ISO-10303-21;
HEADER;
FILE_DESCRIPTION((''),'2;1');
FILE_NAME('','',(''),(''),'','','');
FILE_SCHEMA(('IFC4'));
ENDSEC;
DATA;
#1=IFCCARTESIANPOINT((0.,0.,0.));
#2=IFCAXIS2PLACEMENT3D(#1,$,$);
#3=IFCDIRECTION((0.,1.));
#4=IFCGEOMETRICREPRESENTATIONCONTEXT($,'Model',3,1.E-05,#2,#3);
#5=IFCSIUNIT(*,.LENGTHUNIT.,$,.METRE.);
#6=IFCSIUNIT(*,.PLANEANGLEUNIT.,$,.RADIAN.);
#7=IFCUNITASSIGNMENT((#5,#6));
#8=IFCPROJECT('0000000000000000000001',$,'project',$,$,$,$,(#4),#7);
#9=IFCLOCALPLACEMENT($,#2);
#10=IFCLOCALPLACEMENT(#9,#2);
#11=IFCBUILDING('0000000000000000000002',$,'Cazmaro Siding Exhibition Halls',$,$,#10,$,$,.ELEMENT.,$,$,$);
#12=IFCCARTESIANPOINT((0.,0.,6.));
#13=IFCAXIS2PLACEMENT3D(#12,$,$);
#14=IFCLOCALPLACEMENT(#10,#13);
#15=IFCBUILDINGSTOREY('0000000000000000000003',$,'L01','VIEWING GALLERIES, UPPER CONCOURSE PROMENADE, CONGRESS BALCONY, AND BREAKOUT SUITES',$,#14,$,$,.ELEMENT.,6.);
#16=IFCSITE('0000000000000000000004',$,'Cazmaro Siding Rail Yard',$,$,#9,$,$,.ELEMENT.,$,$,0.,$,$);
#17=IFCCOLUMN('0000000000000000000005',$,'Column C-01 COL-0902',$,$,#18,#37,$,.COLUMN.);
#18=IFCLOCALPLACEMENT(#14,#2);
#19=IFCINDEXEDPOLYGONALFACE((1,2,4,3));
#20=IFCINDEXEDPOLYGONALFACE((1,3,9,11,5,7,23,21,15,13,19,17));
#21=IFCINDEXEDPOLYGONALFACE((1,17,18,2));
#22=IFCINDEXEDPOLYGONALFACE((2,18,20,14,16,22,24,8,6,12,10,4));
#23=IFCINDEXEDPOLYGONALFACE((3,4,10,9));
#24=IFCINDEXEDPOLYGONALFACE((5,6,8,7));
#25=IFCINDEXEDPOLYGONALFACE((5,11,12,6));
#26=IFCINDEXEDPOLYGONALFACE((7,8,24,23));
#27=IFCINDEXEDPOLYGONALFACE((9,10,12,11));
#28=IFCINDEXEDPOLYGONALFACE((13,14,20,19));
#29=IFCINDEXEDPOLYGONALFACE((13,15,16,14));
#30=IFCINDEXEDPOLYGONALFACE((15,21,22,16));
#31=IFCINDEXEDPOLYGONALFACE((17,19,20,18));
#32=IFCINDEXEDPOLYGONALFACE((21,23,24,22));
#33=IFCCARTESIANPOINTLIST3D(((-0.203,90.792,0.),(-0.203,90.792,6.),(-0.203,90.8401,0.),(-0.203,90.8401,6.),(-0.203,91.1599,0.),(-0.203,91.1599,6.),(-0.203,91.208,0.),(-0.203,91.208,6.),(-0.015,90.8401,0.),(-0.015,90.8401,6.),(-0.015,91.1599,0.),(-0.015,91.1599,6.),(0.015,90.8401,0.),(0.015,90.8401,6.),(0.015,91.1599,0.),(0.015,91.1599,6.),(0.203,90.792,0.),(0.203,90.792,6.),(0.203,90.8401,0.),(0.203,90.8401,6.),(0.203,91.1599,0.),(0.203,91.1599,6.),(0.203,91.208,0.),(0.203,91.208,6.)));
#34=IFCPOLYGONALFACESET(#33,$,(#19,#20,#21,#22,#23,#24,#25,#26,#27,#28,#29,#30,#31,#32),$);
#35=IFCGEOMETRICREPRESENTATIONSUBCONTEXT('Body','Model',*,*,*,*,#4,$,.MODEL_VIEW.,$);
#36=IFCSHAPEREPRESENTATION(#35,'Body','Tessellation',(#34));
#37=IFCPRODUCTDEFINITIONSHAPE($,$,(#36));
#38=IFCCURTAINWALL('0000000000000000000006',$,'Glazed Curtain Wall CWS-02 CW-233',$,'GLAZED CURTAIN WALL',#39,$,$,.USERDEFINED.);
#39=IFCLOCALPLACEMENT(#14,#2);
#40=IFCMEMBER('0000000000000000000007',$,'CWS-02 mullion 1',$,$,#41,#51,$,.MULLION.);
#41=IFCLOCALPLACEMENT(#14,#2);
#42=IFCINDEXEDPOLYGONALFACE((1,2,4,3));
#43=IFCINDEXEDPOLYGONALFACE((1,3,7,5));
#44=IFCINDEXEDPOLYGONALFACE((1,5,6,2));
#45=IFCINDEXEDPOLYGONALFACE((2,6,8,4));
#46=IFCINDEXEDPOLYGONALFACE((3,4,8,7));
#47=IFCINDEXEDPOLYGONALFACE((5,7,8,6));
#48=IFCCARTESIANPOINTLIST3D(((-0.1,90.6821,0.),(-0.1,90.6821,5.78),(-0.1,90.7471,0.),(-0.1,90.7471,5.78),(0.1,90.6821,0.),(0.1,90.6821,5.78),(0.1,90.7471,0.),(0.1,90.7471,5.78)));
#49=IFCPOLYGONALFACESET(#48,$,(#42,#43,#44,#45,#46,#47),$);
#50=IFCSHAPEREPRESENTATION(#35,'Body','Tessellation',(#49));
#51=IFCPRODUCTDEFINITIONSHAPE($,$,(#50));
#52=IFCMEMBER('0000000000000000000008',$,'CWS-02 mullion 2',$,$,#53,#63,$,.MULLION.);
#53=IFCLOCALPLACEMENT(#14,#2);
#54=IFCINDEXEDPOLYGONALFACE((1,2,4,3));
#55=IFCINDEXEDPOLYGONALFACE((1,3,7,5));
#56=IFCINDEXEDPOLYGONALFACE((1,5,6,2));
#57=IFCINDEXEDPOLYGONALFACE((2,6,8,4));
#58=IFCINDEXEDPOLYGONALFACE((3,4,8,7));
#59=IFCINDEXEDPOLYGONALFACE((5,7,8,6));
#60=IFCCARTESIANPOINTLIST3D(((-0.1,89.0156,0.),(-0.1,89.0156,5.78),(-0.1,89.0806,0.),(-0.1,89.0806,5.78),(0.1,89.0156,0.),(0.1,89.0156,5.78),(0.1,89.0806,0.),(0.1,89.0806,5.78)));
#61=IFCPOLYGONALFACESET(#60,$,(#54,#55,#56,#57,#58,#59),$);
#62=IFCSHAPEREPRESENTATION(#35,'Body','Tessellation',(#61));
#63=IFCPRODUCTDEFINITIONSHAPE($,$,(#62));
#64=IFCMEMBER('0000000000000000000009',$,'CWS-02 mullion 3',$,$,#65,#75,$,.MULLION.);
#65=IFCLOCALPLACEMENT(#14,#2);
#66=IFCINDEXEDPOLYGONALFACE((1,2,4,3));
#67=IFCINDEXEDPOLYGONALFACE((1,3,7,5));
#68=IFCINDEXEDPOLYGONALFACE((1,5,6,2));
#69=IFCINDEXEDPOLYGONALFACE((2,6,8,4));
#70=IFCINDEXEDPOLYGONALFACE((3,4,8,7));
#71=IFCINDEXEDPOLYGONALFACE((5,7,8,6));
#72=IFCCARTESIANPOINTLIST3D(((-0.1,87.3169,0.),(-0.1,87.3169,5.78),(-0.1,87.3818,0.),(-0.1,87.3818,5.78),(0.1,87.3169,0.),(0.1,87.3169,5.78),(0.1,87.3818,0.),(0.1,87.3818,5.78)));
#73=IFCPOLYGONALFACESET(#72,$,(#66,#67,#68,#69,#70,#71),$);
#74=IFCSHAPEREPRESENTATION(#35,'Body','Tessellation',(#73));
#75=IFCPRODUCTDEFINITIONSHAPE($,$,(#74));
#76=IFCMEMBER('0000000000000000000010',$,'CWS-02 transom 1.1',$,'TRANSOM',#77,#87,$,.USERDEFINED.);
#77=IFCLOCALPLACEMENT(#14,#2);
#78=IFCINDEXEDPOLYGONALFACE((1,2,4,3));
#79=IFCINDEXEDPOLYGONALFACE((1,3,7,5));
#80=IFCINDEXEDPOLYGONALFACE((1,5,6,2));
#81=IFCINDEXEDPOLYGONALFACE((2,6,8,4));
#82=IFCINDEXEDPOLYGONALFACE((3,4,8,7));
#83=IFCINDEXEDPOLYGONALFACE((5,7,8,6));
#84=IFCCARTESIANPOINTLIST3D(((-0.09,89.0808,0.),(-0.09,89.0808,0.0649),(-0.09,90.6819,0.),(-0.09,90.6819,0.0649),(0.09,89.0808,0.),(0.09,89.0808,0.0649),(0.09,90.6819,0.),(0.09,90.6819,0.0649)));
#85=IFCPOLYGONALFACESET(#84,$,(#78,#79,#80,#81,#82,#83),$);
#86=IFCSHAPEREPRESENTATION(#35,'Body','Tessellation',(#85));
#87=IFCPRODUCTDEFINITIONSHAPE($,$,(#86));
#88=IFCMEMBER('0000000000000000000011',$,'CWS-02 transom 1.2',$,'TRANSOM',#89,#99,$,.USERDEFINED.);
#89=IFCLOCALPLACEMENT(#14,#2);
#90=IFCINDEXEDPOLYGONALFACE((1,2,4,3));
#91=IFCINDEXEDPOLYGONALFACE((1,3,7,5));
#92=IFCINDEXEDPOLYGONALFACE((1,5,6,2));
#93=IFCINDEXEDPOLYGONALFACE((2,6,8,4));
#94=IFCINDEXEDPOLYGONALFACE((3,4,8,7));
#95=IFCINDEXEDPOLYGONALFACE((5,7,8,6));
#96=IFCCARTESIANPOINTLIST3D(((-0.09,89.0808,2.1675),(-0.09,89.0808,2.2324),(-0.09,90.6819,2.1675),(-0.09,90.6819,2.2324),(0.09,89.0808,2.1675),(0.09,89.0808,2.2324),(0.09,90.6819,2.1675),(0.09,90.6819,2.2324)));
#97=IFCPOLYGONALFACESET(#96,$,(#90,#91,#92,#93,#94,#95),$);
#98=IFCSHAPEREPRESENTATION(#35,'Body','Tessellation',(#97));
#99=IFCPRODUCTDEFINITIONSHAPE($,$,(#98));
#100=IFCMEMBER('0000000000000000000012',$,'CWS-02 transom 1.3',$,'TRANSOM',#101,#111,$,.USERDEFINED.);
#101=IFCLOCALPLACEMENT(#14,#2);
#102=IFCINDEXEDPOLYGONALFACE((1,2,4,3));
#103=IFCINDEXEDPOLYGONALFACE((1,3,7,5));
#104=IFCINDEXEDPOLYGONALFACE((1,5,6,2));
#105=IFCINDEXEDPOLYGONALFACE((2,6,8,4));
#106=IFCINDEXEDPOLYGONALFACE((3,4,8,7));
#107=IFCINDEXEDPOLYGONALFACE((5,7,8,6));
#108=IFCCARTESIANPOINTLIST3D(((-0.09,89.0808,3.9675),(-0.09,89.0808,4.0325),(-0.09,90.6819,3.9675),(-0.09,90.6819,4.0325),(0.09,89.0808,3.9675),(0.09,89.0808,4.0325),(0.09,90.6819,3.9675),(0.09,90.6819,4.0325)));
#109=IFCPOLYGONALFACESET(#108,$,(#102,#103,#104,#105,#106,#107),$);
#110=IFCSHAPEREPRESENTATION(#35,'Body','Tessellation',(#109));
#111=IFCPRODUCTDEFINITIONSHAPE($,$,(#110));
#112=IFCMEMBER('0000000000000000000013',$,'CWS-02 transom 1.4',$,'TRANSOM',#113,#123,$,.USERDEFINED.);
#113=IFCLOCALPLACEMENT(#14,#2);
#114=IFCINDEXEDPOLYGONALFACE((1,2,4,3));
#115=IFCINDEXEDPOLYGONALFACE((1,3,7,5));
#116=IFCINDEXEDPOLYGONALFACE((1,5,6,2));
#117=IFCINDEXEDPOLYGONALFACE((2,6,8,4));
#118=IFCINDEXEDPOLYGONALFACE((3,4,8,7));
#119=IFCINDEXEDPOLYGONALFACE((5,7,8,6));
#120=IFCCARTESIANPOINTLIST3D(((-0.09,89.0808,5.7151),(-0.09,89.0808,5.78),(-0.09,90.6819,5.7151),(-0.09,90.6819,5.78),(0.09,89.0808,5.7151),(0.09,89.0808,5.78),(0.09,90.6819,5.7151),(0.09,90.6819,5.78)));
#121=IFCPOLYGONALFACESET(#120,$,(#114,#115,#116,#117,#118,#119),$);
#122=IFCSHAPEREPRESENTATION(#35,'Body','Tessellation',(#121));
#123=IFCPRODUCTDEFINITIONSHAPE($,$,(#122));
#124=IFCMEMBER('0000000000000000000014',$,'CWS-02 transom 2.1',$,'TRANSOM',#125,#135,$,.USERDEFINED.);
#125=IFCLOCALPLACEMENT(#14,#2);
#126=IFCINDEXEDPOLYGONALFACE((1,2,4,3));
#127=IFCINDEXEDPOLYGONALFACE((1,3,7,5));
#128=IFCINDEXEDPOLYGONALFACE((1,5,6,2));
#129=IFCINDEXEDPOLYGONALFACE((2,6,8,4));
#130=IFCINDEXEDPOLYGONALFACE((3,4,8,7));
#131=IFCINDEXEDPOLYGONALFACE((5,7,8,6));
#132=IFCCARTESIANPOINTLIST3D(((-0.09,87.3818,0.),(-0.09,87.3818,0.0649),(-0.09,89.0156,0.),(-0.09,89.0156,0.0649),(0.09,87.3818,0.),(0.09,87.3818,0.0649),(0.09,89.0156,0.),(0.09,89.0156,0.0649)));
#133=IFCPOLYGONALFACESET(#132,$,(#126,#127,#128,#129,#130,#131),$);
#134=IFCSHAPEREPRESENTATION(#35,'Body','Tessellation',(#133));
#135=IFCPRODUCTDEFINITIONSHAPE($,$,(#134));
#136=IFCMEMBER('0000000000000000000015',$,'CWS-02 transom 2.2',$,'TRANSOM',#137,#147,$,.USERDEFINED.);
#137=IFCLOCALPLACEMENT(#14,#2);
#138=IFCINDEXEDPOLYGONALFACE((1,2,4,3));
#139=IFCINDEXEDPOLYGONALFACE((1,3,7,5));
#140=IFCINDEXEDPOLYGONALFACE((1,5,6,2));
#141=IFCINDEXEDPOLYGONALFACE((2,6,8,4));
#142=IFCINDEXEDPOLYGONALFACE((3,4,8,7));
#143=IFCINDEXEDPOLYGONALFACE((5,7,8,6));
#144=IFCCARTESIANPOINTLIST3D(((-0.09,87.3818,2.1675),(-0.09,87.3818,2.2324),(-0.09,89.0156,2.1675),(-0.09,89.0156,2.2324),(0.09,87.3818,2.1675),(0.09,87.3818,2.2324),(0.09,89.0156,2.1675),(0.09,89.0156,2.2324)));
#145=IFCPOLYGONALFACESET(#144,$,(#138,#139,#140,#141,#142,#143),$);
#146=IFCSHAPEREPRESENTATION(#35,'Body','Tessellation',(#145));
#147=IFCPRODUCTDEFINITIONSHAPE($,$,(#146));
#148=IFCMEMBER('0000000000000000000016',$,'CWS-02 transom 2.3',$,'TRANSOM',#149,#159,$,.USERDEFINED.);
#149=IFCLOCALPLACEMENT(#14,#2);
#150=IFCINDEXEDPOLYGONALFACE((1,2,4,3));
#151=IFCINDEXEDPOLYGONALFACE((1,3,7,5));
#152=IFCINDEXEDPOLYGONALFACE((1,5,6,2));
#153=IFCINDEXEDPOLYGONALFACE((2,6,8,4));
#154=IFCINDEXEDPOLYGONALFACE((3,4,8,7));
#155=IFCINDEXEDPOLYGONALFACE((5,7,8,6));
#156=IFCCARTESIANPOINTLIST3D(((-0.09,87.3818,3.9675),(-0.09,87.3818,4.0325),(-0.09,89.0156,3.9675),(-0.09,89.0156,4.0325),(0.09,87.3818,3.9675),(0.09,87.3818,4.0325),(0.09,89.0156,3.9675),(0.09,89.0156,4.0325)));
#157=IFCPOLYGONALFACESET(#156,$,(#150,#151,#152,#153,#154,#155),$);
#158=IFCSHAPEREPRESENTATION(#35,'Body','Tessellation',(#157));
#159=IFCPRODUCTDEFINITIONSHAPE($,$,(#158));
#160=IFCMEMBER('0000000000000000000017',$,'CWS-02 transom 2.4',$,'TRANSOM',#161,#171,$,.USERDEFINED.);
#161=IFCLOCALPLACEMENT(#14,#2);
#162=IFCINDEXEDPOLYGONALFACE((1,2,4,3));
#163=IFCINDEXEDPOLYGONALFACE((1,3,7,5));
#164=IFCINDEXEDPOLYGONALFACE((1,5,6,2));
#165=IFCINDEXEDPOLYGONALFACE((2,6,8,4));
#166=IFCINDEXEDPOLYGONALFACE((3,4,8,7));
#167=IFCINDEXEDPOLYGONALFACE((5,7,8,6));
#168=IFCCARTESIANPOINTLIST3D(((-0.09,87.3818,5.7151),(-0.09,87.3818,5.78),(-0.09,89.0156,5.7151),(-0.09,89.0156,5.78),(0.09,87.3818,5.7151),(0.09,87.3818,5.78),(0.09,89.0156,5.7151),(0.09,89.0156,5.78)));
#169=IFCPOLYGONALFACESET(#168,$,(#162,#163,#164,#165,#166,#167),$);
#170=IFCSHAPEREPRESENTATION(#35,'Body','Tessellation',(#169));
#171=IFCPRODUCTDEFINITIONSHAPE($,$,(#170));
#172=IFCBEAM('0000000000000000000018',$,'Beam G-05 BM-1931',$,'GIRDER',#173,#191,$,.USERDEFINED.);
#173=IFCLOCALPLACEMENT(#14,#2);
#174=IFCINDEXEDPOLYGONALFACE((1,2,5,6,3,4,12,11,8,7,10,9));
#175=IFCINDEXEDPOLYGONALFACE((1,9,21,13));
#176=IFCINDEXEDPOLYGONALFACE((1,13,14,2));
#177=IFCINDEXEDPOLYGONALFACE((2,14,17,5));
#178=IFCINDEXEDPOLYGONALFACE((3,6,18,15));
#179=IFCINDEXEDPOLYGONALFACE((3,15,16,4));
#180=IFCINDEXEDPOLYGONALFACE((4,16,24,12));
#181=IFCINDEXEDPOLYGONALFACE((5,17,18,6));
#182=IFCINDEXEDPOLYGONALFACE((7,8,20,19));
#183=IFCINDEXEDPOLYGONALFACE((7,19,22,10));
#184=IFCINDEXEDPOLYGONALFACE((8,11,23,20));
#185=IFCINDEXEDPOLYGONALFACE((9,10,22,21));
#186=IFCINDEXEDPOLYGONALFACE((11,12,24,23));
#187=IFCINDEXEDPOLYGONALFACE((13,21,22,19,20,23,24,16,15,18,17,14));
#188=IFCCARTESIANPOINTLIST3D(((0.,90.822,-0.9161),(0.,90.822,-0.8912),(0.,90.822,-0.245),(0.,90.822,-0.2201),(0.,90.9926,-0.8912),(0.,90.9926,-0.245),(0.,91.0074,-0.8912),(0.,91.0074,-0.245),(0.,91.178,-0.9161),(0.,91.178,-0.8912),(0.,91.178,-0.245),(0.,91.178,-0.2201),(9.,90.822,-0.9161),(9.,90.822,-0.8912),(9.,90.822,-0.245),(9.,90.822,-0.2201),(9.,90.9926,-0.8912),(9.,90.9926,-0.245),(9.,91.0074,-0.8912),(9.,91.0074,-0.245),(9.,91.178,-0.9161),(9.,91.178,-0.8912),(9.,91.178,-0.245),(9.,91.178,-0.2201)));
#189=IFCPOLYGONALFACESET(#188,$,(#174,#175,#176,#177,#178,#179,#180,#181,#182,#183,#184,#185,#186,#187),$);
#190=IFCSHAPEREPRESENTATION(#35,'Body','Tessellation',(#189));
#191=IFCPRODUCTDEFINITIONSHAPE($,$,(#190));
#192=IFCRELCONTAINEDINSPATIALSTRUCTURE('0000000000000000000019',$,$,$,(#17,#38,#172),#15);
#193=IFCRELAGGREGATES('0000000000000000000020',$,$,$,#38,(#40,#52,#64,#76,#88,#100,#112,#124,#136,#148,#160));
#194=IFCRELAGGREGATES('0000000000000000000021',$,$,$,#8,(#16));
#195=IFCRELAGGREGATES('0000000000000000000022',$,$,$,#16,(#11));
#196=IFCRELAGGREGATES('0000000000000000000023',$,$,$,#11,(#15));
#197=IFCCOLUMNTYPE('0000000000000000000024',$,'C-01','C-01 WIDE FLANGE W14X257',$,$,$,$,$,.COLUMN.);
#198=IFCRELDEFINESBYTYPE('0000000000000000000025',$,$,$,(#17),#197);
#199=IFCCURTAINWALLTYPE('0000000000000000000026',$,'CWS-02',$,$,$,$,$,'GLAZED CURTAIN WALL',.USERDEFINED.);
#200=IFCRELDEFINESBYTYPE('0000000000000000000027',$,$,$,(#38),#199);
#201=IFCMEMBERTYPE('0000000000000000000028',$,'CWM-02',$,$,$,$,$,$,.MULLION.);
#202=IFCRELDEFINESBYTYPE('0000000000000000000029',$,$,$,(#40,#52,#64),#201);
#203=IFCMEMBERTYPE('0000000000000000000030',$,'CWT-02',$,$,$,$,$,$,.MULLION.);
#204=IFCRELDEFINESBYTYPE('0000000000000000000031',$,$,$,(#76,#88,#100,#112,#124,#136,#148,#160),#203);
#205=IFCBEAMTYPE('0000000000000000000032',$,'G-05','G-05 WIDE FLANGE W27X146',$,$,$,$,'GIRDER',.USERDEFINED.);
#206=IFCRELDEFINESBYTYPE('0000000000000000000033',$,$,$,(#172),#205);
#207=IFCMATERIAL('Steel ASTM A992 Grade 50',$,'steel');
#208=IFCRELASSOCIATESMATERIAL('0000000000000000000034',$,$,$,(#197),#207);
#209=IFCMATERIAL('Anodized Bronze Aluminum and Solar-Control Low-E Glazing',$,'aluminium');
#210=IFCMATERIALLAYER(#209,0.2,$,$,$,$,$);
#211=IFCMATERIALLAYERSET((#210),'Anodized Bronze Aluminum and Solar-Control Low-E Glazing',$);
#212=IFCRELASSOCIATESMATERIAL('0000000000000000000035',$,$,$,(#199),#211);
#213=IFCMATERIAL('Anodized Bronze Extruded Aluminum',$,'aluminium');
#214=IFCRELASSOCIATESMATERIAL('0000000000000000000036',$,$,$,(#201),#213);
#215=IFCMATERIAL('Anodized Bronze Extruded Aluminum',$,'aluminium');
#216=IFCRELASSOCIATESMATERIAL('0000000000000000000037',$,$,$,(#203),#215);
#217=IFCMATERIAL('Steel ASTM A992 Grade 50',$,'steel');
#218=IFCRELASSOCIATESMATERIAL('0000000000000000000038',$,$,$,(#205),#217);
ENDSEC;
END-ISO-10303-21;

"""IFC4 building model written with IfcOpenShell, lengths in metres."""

from ifc_helpers import new_model, si_unit, direction, frame, origin, origin_2d, place, context, subcontext, project, spatial, rectangle, i_section, extrude, material, layer, layer_set, material_profile, profile_set, type_object, element, aggregate, save


model = new_model("IFC4")

# Units and contexts
model_context = context("Model", 3, precision=1e-05, world=origin(), true_north=direction((0.0, 1.0)))
body_context = subcontext(model_context, "Body", "Model", "MODEL_VIEW")
ifc_project = project(units=[si_unit("LENGTHUNIT", "METRE"), si_unit("PLANEANGLEUNIT", "RADIAN")], contexts=[model_context])

# Site, building, storey
site_placement = place(None, origin())
site = spatial("IfcSite", under=ifc_project, at=site_placement, Name="Cazmaro Siding Rail Yard", CompositionType="ELEMENT", RefElevation=0.0)
building_placement = place(site_placement, origin())
building = spatial("IfcBuilding", under=site, at=building_placement, Name="Cazmaro Siding Exhibition Halls", CompositionType="ELEMENT")
storey_placement = place(building_placement, frame((0.0, 0.0, 6.0)))
storey = spatial("IfcBuildingStorey", under=building, at=storey_placement, Name="L01", Description="VIEWING GALLERIES, UPPER CONCOURSE PROMENADE, CONGRESS BALCONY, AND BREAKOUT SUITES", CompositionType="ELEMENT", Elevation=6.0)

# Column
ifc_material_1 = material(Name="Steel ASTM A992 Grade 50", Category="steel")
ifc_material_profile_1 = material_profile(ifc_material_1, i_section(OverallWidth=0.406, OverallDepth=0.416, WebThickness=0.03, FlangeThickness=0.0481, at=origin_2d()), Name="W14X257")
ifc_profile_set_1 = profile_set([ifc_material_profile_1], Name="Steel ASTM A992 Grade 50")
column_type = type_object("IfcColumnType", Name="C-01", Description="C-01 WIDE FLANGE W14X257", PredefinedType="COLUMN", material=ifc_profile_set_1)
column_placement = place(storey_placement, frame((0.0, 91.0, 0.0), z_axis=(0.0, 0.0, 1.0), x_axis=(1.0, 0.0, 0.0)))
element("IfcColumn", 1, at=column_placement, inside=storey, type_object=column_type, Name="Column C-01 COL-0902", PredefinedType="COLUMN", context=body_context, shape_type="SweptSolid", body=[
    extrude(i_section(OverallWidth=0.406, OverallDepth=0.416, WebThickness=0.03, FlangeThickness=0.0481, at=origin_2d()), origin(), (0.0, 0.0, 1.0), 6.0),
])

# Curtain wall, members
ifc_material_2 = material(Name="Anodized Bronze Aluminum and Solar-Control Low-E Glazing", Category="aluminium")
ifc_layer_1 = layer(ifc_material_2, 0.2)
ifc_layer_set_1 = layer_set([ifc_layer_1], Name="Anodized Bronze Aluminum and Solar-Control Low-E Glazing")
curtain_wall_type = type_object("IfcCurtainWallType", Name="CWS-02", ElementType="GLAZED CURTAIN WALL", PredefinedType="USERDEFINED", material=ifc_layer_set_1)
curtain_wall_placement = place(storey_placement, origin())
curtain_wall = element("IfcCurtainWall", 2, at=curtain_wall_placement, inside=storey, type_object=curtain_wall_type, Name="Glazed Curtain Wall CWS-02 CW-233", ObjectType="GLAZED CURTAIN WALL", PredefinedType="USERDEFINED")
ifc_material_3 = material(Name="Anodized Bronze Extruded Aluminum", Category="aluminium")
ifc_material_profile_2 = material_profile(ifc_material_3, rectangle(XDim=0.2, YDim=0.0649, at=origin_2d()), Name="CWM-02")
ifc_profile_set_2 = profile_set([ifc_material_profile_2], Name="Anodized Bronze Extruded Aluminum")
member_type_1 = type_object("IfcMemberType", Name="CWM-02", PredefinedType="MULLION", material=ifc_profile_set_2)
member_1_placement = place(storey_placement, frame((0.0, 90.7146, 0.0), z_axis=(0.0, 0.0, 1.0), x_axis=(1.0, 0.0, 0.0)))
member_1 = element("IfcMember", 3, at=member_1_placement, type_object=member_type_1, Name="CWS-02 mullion 1", PredefinedType="MULLION", context=body_context, shape_type="SweptSolid", body=[
    extrude(rectangle(XDim=0.2, YDim=0.0649, at=origin_2d()), origin(), (0.0, 0.0, 1.0), 5.78),
])
member_2_placement = place(storey_placement, frame((0.0, 89.0481, 0.0), z_axis=(0.0, 0.0, 1.0), x_axis=(1.0, 0.0, 0.0)))
member_2 = element("IfcMember", 4, at=member_2_placement, type_object=member_type_1, Name="CWS-02 mullion 2", PredefinedType="MULLION", context=body_context, shape_type="SweptSolid", body=[
    extrude(rectangle(XDim=0.2, YDim=0.0649, at=origin_2d()), origin(), (0.0, 0.0, 1.0), 5.78),
])
member_3_placement = place(storey_placement, frame((0.0, 87.3494, 0.0), z_axis=(0.0, 0.0, 1.0), x_axis=(1.0, 0.0, 0.0)))
member_3 = element("IfcMember", 5, at=member_3_placement, type_object=member_type_1, Name="CWS-02 mullion 3", PredefinedType="MULLION", context=body_context, shape_type="SweptSolid", body=[
    extrude(rectangle(XDim=0.2, YDim=0.0649, at=origin_2d()), origin(), (0.0, 0.0, 1.0), 5.78),
])
ifc_material_4 = material(Name="Anodized Bronze Extruded Aluminum", Category="aluminium")
ifc_material_profile_3 = material_profile(ifc_material_4, rectangle(XDim=0.1799, YDim=0.0649, at=origin_2d()), Name="CWT-02")
ifc_profile_set_3 = profile_set([ifc_material_profile_3], Name="Anodized Bronze Extruded Aluminum")
member_type_2 = type_object("IfcMemberType", Name="CWT-02", PredefinedType="MULLION", material=ifc_profile_set_3)
member_4_placement = place(storey_placement, frame((0.0, 90.6819, 0.0325), z_axis=(0.0, -1.0, 0.0), x_axis=(1.0, 0.0, 0.0)))
member_4 = element("IfcMember", 6, at=member_4_placement, type_object=member_type_2, Name="CWS-02 transom 1.1", ObjectType="TRANSOM", PredefinedType="USERDEFINED", context=body_context, shape_type="SweptSolid", body=[
    extrude(rectangle(XDim=0.1799, YDim=0.0649, at=origin_2d()), origin(), (0.0, 0.0, 1.0), 1.6011),
])
member_5_placement = place(storey_placement, frame((0.0, 90.6819, 2.2), z_axis=(0.0, -1.0, 0.0), x_axis=(1.0, 0.0, 0.0)))
member_5 = element("IfcMember", 7, at=member_5_placement, type_object=member_type_2, Name="CWS-02 transom 1.2", ObjectType="TRANSOM", PredefinedType="USERDEFINED", context=body_context, shape_type="SweptSolid", body=[
    extrude(rectangle(XDim=0.1799, YDim=0.0649, at=origin_2d()), origin(), (0.0, 0.0, 1.0), 1.6011),
])
member_6_placement = place(storey_placement, frame((0.0, 90.6819, 4.0), z_axis=(0.0, -1.0, 0.0), x_axis=(1.0, 0.0, 0.0)))
member_6 = element("IfcMember", 8, at=member_6_placement, type_object=member_type_2, Name="CWS-02 transom 1.3", ObjectType="TRANSOM", PredefinedType="USERDEFINED", context=body_context, shape_type="SweptSolid", body=[
    extrude(rectangle(XDim=0.1799, YDim=0.0649, at=origin_2d()), origin(), (0.0, 0.0, 1.0), 1.6011),
])
member_7_placement = place(storey_placement, frame((0.0, 90.6819, 5.7476), z_axis=(0.0, -1.0, 0.0), x_axis=(1.0, 0.0, 0.0)))
member_7 = element("IfcMember", 9, at=member_7_placement, type_object=member_type_2, Name="CWS-02 transom 1.4", ObjectType="TRANSOM", PredefinedType="USERDEFINED", context=body_context, shape_type="SweptSolid", body=[
    extrude(rectangle(XDim=0.1799, YDim=0.0649, at=origin_2d()), origin(), (0.0, 0.0, 1.0), 1.6011),
])
member_8_placement = place(storey_placement, frame((0.0, 89.0156, 0.0325), z_axis=(0.0, -1.0, 0.0), x_axis=(1.0, 0.0, 0.0)))
member_8 = element("IfcMember", 10, at=member_8_placement, type_object=member_type_2, Name="CWS-02 transom 2.1", ObjectType="TRANSOM", PredefinedType="USERDEFINED", context=body_context, shape_type="SweptSolid", body=[
    extrude(rectangle(XDim=0.1799, YDim=0.0649, at=origin_2d()), origin(), (0.0, 0.0, 1.0), 1.6338),
])
member_9_placement = place(storey_placement, frame((0.0, 89.0156, 2.2), z_axis=(0.0, -1.0, 0.0), x_axis=(1.0, 0.0, 0.0)))
member_9 = element("IfcMember", 11, at=member_9_placement, type_object=member_type_2, Name="CWS-02 transom 2.2", ObjectType="TRANSOM", PredefinedType="USERDEFINED", context=body_context, shape_type="SweptSolid", body=[
    extrude(rectangle(XDim=0.1799, YDim=0.0649, at=origin_2d()), origin(), (0.0, 0.0, 1.0), 1.6338),
])
member_10_placement = place(storey_placement, frame((0.0, 89.0156, 4.0), z_axis=(0.0, -1.0, 0.0), x_axis=(1.0, 0.0, 0.0)))
member_10 = element("IfcMember", 12, at=member_10_placement, type_object=member_type_2, Name="CWS-02 transom 2.3", ObjectType="TRANSOM", PredefinedType="USERDEFINED", context=body_context, shape_type="SweptSolid", body=[
    extrude(rectangle(XDim=0.1799, YDim=0.0649, at=origin_2d()), origin(), (0.0, 0.0, 1.0), 1.6338),
])
member_11_placement = place(storey_placement, frame((0.0, 89.0156, 5.7476), z_axis=(0.0, -1.0, 0.0), x_axis=(1.0, 0.0, 0.0)))
member_11 = element("IfcMember", 13, at=member_11_placement, type_object=member_type_2, Name="CWS-02 transom 2.4", ObjectType="TRANSOM", PredefinedType="USERDEFINED", context=body_context, shape_type="SweptSolid", body=[
    extrude(rectangle(XDim=0.1799, YDim=0.0649, at=origin_2d()), origin(), (0.0, 0.0, 1.0), 1.6338),
])

# Beam
ifc_material_5 = material(Name="Steel ASTM A992 Grade 50", Category="steel")
ifc_material_profile_4 = material_profile(ifc_material_5, i_section(OverallWidth=0.356, OverallDepth=0.696, WebThickness=0.0149, FlangeThickness=0.0249, at=origin_2d()), Name="W27X146")
ifc_profile_set_4 = profile_set([ifc_material_profile_4], Name="Steel ASTM A992 Grade 50")
beam_type = type_object("IfcBeamType", Name="G-05", Description="G-05 WIDE FLANGE W27X146", ElementType="GIRDER", PredefinedType="USERDEFINED", material=ifc_profile_set_4)
beam_placement = place(storey_placement, frame((0.0, 91.0, -0.5681), z_axis=(1.0, 0.0, 0.0), x_axis=(0.0, 1.0, 0.0)))
element("IfcBeam", 14, at=beam_placement, inside=storey, type_object=beam_type, Name="Beam G-05 BM-1931", ObjectType="GIRDER", PredefinedType="USERDEFINED", context=body_context, shape_type="SweptSolid", body=[
    extrude(i_section(OverallWidth=0.356, OverallDepth=0.696, WebThickness=0.0149, FlangeThickness=0.0249, at=origin_2d()), origin(), (0.0, 0.0, 1.0), 9.0),
])

aggregate(curtain_wall, [member_1, member_2, member_3, member_4, member_5, member_6, member_7, member_8, member_9, member_10, member_11])

save(model, "model.ifc")
